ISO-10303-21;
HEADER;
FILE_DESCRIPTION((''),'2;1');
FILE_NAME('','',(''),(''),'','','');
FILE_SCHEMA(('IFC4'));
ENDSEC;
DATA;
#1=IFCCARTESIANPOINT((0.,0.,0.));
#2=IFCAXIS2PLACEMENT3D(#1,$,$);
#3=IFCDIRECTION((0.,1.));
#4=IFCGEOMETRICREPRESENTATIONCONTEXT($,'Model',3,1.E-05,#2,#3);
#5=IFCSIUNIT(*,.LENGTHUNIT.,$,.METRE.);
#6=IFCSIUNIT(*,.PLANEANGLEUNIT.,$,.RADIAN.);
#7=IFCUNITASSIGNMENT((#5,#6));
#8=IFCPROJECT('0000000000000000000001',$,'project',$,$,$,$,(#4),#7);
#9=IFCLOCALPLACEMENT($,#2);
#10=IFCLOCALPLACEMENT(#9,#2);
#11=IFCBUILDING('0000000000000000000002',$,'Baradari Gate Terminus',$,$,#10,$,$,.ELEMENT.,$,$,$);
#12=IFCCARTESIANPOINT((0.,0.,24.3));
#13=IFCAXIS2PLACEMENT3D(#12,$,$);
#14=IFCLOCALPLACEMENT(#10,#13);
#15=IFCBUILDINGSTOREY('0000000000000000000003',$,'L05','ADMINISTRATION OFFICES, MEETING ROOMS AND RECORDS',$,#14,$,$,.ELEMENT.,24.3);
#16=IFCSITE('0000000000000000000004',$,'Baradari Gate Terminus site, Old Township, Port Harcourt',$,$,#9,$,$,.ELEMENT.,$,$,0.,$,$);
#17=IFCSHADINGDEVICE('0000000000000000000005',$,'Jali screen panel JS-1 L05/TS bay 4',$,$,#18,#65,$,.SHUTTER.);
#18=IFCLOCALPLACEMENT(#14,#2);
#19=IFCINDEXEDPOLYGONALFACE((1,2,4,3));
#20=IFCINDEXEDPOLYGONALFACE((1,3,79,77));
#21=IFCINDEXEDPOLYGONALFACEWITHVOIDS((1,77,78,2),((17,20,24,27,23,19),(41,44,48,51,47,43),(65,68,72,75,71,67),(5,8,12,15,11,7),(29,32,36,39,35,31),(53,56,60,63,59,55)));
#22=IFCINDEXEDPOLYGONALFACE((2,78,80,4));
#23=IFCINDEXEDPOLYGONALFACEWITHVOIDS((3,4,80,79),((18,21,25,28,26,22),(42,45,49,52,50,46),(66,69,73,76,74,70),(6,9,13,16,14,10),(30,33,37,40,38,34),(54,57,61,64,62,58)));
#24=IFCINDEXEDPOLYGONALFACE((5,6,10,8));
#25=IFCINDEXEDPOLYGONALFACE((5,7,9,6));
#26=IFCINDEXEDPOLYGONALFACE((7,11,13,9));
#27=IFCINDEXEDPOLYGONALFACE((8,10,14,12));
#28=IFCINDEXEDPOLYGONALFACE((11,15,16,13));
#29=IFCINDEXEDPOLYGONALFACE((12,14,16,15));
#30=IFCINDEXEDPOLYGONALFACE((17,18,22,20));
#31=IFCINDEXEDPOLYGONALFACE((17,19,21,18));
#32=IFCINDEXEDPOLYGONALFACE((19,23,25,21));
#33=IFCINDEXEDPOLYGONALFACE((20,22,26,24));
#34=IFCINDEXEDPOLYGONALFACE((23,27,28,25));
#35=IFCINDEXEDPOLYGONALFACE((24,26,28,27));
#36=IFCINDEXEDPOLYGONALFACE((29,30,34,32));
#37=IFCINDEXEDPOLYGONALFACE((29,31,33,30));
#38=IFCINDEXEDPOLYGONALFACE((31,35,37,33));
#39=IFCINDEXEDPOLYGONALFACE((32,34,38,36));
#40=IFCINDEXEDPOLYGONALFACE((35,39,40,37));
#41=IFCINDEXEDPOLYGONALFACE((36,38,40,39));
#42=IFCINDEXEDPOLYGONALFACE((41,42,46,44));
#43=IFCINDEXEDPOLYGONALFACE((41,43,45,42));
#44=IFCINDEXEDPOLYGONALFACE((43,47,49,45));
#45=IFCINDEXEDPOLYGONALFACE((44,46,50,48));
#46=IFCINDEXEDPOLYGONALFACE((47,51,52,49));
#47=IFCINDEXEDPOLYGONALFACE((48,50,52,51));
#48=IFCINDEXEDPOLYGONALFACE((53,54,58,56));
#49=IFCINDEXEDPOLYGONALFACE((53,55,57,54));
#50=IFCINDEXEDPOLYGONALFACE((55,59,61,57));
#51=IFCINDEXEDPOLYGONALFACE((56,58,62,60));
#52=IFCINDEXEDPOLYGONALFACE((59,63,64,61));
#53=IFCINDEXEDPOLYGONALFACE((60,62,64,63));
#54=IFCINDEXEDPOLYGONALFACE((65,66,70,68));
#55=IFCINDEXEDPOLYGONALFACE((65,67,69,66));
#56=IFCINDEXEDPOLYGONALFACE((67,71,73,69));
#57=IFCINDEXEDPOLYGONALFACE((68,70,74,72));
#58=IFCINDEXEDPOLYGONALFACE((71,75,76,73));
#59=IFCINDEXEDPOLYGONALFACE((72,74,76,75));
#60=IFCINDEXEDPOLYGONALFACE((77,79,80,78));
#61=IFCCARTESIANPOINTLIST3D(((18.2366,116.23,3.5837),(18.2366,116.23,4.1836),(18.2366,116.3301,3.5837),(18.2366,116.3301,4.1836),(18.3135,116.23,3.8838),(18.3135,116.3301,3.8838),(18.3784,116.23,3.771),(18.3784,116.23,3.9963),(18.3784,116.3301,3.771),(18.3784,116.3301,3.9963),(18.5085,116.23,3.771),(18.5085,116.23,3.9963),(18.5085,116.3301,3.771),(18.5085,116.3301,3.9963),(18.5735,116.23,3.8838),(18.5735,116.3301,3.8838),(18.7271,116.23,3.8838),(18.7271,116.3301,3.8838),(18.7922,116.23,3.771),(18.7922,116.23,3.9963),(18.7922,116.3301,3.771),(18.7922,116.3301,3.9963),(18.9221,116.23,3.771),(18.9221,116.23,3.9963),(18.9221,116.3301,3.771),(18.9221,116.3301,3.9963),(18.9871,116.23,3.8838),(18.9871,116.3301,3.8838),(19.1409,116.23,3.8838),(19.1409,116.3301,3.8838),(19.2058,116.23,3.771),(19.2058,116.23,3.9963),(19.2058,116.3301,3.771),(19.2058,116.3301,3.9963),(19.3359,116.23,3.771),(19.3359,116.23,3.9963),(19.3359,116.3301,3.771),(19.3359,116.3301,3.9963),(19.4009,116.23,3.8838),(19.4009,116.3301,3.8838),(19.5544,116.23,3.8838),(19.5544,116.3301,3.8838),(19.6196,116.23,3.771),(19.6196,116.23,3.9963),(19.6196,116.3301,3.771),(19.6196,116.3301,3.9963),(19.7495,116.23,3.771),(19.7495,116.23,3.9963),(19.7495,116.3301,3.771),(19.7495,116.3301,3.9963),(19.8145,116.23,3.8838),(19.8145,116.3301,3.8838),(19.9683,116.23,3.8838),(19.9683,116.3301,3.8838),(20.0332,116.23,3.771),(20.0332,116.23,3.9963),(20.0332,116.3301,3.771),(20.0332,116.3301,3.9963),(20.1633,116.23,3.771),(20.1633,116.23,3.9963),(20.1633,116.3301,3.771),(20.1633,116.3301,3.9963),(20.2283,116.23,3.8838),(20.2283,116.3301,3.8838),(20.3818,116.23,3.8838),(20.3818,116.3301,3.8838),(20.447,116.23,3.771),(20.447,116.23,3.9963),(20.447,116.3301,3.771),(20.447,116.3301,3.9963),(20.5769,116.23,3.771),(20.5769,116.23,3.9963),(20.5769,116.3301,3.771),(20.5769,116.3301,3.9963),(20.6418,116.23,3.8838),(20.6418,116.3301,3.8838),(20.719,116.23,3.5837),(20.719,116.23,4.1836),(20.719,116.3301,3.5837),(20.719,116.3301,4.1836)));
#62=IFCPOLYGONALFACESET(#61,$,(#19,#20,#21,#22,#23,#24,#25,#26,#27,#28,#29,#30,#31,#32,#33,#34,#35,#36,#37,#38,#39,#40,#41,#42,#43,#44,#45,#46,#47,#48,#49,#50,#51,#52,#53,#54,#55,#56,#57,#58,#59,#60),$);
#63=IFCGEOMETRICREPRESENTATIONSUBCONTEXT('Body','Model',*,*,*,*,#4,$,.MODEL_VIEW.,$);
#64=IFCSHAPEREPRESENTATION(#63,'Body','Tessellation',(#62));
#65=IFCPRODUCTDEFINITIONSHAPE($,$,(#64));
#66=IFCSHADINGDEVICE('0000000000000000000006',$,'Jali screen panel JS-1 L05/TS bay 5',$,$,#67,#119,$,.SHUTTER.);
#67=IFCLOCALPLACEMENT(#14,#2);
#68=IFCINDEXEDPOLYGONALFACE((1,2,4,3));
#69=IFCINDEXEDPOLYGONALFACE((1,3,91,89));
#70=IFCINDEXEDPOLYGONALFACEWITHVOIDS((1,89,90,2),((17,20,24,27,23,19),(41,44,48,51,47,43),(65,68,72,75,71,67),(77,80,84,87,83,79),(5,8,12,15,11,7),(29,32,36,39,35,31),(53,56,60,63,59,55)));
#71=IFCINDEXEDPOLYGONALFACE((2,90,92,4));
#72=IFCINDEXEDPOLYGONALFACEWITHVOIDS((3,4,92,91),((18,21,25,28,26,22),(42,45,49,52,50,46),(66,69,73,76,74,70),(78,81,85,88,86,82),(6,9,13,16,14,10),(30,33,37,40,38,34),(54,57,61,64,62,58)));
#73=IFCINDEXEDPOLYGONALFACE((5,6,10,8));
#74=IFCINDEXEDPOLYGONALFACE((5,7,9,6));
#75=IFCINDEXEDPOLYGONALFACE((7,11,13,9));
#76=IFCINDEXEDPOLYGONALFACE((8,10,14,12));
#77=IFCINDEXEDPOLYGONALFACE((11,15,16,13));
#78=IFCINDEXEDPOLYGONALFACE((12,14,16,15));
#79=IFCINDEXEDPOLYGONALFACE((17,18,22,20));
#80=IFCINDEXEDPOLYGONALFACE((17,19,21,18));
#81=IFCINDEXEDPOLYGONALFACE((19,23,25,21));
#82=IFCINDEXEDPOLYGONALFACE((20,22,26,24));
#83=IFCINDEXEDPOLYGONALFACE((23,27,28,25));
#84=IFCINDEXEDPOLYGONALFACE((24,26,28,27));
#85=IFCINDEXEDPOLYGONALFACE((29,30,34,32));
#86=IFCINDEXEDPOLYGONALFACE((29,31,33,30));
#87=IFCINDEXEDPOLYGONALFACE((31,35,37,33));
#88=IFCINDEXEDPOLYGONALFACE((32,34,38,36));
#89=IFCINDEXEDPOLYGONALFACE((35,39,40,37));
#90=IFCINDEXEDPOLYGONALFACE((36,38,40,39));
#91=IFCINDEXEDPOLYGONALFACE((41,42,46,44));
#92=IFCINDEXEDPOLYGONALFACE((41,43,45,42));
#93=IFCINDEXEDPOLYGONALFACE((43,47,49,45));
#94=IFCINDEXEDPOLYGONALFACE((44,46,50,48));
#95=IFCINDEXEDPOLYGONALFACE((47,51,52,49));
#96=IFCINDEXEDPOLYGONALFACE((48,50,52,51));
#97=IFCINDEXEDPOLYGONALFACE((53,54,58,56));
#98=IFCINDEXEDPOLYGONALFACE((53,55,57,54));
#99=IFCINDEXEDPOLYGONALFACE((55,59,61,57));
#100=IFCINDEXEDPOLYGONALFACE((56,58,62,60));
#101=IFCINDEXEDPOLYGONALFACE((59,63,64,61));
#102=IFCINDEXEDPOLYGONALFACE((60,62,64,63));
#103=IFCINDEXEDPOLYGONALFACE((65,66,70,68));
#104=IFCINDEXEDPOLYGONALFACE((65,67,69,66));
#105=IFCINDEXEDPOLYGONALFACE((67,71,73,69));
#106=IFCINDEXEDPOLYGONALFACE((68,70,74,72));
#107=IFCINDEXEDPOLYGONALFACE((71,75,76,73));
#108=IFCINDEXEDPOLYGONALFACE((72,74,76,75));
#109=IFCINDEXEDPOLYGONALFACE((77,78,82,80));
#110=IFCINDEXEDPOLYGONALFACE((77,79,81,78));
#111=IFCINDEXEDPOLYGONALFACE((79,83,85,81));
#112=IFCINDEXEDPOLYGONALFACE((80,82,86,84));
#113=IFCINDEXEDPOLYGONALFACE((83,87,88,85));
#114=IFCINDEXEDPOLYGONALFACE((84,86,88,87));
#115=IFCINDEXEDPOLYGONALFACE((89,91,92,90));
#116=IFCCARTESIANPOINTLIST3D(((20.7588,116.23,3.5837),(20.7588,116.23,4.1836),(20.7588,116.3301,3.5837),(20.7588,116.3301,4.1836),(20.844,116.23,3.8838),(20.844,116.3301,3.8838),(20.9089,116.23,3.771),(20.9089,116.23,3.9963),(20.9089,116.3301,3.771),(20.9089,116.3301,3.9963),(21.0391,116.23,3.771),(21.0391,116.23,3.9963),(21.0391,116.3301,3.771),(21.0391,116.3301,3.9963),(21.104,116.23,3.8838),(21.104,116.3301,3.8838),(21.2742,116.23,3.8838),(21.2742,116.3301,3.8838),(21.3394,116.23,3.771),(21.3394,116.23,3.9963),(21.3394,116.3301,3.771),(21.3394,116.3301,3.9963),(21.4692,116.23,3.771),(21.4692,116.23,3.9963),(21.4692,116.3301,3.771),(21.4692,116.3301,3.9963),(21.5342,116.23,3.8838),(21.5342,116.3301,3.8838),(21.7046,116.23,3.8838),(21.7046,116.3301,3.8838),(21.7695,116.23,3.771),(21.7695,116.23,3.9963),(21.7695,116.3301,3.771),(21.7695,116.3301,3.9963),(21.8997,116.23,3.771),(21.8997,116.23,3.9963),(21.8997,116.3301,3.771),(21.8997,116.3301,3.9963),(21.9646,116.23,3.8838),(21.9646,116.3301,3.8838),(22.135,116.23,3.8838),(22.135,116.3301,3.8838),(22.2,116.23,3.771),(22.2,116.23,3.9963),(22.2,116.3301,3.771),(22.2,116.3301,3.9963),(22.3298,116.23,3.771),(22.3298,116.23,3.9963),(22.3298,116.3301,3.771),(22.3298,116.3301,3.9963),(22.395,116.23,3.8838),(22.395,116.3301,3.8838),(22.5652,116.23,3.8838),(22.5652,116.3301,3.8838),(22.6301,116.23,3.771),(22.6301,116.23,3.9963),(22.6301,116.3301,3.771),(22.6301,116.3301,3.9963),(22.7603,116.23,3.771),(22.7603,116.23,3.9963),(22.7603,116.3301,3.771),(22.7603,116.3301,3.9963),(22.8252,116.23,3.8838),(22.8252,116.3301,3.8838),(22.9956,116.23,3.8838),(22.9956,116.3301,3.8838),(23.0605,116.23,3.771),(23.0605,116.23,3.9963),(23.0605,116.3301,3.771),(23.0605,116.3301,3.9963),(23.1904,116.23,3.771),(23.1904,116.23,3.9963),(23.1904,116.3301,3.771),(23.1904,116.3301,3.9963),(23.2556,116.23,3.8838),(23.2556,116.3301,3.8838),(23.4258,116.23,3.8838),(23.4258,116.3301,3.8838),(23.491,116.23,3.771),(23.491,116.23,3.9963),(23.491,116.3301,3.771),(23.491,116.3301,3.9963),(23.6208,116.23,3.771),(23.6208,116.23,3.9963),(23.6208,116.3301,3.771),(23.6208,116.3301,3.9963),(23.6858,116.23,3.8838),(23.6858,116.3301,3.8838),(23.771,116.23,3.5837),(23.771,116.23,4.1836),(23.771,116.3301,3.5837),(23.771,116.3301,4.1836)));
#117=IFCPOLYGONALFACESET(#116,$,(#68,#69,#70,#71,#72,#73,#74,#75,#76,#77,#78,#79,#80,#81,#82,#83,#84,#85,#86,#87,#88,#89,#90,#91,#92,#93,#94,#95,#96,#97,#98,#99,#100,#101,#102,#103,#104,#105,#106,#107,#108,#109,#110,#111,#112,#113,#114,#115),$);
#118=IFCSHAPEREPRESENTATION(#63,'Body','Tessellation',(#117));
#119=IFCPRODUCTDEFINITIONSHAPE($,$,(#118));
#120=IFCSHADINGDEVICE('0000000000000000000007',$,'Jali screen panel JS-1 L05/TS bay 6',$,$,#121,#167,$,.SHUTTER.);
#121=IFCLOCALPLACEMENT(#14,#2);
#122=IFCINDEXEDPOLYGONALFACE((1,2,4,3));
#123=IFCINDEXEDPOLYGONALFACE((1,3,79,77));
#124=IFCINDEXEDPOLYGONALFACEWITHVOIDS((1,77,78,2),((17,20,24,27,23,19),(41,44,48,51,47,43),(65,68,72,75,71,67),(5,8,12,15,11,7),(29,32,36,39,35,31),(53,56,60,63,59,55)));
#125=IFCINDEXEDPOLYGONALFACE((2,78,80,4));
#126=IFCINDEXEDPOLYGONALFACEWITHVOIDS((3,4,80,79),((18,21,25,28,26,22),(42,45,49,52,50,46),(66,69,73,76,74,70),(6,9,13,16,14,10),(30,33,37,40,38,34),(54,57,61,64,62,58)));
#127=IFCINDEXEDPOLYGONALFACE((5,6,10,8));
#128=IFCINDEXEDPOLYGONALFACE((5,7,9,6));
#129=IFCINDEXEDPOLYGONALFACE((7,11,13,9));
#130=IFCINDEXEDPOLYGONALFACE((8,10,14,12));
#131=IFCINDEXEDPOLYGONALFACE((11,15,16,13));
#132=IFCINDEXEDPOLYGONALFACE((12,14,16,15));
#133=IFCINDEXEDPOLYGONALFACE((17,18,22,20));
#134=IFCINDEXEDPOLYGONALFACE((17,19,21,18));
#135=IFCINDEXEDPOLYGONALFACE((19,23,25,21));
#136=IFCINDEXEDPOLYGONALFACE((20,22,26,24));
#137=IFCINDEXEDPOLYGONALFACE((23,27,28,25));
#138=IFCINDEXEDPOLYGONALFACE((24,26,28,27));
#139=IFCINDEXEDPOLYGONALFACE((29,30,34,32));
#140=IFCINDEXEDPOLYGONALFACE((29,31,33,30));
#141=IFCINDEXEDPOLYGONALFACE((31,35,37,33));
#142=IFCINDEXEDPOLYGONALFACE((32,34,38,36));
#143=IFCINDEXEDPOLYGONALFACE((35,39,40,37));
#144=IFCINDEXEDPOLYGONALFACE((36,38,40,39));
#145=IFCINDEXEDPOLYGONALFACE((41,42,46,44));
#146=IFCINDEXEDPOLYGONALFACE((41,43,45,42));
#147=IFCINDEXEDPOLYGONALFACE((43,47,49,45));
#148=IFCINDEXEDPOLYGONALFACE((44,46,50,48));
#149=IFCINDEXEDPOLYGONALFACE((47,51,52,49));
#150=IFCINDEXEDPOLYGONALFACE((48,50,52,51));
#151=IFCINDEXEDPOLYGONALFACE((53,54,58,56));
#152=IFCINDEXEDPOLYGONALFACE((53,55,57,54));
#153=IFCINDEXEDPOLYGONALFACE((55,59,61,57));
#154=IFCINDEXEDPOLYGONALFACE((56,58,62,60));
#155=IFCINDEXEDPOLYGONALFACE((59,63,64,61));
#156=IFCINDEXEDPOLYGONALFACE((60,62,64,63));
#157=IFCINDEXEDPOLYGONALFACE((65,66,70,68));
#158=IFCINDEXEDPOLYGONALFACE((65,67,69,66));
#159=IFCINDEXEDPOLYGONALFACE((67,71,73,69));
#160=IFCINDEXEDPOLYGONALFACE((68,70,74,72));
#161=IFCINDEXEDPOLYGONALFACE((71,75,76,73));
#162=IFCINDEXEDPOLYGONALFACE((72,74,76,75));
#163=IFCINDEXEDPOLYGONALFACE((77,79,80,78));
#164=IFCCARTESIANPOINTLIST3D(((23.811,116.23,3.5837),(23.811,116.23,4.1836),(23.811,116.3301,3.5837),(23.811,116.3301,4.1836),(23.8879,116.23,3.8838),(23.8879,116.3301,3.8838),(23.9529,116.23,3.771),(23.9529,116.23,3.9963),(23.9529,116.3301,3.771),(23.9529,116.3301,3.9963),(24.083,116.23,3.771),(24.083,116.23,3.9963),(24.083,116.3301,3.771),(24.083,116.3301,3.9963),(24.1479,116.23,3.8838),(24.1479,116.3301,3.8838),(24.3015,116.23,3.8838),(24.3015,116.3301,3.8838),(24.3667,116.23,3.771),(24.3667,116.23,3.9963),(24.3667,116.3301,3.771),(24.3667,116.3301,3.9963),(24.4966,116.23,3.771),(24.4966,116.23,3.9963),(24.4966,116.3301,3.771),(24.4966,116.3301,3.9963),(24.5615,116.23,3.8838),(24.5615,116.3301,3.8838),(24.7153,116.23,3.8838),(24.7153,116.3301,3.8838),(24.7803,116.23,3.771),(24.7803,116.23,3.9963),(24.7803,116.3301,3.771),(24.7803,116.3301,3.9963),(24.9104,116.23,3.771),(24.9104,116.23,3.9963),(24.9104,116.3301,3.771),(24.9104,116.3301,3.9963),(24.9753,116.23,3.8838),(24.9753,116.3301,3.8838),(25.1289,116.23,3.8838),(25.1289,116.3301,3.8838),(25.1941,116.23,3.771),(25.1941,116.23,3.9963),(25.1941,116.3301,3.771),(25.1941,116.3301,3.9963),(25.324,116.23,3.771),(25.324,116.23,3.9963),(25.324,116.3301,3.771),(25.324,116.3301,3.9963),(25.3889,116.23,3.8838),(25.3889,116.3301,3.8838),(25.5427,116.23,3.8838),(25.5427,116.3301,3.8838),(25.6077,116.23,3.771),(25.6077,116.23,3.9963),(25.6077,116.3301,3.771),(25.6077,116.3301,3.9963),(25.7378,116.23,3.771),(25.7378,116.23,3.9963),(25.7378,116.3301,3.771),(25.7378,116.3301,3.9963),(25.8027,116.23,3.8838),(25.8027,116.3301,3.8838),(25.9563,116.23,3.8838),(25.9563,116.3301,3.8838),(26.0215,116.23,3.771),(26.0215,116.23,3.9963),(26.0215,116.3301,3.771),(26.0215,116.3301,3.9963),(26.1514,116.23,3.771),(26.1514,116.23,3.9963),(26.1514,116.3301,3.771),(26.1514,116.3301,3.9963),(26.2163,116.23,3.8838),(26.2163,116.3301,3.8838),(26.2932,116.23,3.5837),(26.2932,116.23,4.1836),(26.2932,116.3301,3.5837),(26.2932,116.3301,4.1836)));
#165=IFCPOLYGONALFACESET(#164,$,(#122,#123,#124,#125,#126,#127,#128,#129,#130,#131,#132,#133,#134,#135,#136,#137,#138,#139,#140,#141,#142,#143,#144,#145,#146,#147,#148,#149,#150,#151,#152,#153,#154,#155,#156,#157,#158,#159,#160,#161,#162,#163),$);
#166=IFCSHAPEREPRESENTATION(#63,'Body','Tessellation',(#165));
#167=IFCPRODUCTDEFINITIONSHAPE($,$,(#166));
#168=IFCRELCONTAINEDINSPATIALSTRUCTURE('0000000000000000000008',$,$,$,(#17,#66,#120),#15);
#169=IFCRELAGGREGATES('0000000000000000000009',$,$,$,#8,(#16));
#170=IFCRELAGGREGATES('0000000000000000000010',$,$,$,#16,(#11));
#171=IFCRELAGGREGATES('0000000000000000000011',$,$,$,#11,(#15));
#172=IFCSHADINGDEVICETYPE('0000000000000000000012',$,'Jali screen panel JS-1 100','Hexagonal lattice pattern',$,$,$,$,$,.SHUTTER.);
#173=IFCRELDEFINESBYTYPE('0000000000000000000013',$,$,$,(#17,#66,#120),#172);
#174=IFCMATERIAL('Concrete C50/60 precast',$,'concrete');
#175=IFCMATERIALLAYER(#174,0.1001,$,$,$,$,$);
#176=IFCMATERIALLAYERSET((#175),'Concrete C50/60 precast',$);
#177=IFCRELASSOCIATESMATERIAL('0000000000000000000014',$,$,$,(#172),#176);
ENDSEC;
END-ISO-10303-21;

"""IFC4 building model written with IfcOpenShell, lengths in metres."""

from ifc_helpers import new_model, si_unit, direction, frame, origin, place, context, subcontext, project, spatial, polyline, outline, extrude, material, layer, layer_set, type_object, element, save


model = new_model("IFC4")

# Units and contexts
model_context = context("Model", 3, precision=1e-05, world=origin(), true_north=direction((0.0, 1.0)))
body_context = subcontext(model_context, "Body", "Model", "MODEL_VIEW")
ifc_project = project(units=[si_unit("LENGTHUNIT", "METRE"), si_unit("PLANEANGLEUNIT", "RADIAN")], contexts=[model_context])

# Site, building, storey
site_placement = place(None, origin())
site = spatial("IfcSite", under=ifc_project, at=site_placement, Name="Baradari Gate Terminus site, Old Township, Port Harcourt", CompositionType="ELEMENT", RefElevation=0.0)
building_placement = place(site_placement, origin())
building = spatial("IfcBuilding", under=site, at=building_placement, Name="Baradari Gate Terminus", CompositionType="ELEMENT")
storey_placement = place(building_placement, frame((0.0, 0.0, 24.3)))
storey = spatial("IfcBuildingStorey", under=building, at=storey_placement, Name="L05", Description="ADMINISTRATION OFFICES, MEETING ROOMS AND RECORDS", CompositionType="ELEMENT", Elevation=24.3)

# Shading devices
ifc_material_1 = material(Name="Concrete C50/60 precast", Category="concrete")
ifc_layer_1 = layer(ifc_material_1, 0.1001)
ifc_layer_set_1 = layer_set([ifc_layer_1], Name="Concrete C50/60 precast")
shading_device_type_1 = type_object("IfcShadingDeviceType", Name="Jali screen panel JS-1 100", Description="Hexagonal lattice pattern", PredefinedType="SHUTTER", material=ifc_layer_set_1)
shading_device_1_placement = place(storey_placement, frame((18.2366, 116.28, 3.5837), z_axis=(0.0, 0.0, 1.0), x_axis=(1.0, 0.0, 0.0)))
element("IfcShadingDevice", 1, at=shading_device_1_placement, inside=storey, type_object=shading_device_type_1, Name="Jali screen panel JS-1 L05/TS bay 4", PredefinedType="SHUTTER", context=body_context, shape_type="SweptSolid", body=[
    extrude(outline(polyline([(0.0, 0.0), (2.4824, 0.0), (2.4824, 0.5999), (0.0, 0.5999), (0.0, 0.0)]), holes=[polyline([(0.3369, 0.3), (0.272, 0.1873), (0.1418, 0.1873), (0.0769, 0.3), (0.1418, 0.4126), (0.272, 0.4126), (0.3369, 0.3)]), polyline([(0.7505, 0.3), (0.6855, 0.1873), (0.5557, 0.1873), (0.4905, 0.3), (0.5557, 0.4126), (0.6855, 0.4126), (0.7505, 0.3)]), polyline([(1.1643, 0.3), (1.0994, 0.1873), (0.9692, 0.1873), (0.9043, 0.3), (0.9692, 0.4126), (1.0994, 0.4126), (1.1643, 0.3)]), polyline([(1.5779, 0.3), (1.5129, 0.1873), (1.3831, 0.1873), (1.3179, 0.3), (1.3831, 0.4126), (1.5129, 0.4126), (1.5779, 0.3)]), polyline([(1.9917, 0.3), (1.9268, 0.1873), (1.7966, 0.1873), (1.7317, 0.3), (1.7966, 0.4126), (1.9268, 0.4126), (1.9917, 0.3)]), polyline([(2.4053, 0.3), (2.3403, 0.1873), (2.2104, 0.1873), (2.1453, 0.3), (2.2104, 0.4126), (2.3403, 0.4126), (2.4053, 0.3)])]), frame((0.0, 0.05, 0.0), z_axis=(0.0, -1.0, 0.0), x_axis=(1.0, 0.0, 0.0)), (0.0, 0.0, 1.0), 0.1001),
])
shading_device_2_placement = place(storey_placement, frame((20.7588, 116.28, 3.5837), z_axis=(0.0, 0.0, 1.0), x_axis=(1.0, 0.0, 0.0)))
element("IfcShadingDevice", 2, at=shading_device_2_placement, inside=storey, type_object=shading_device_type_1, Name="Jali screen panel JS-1 L05/TS bay 5", PredefinedType="SHUTTER", context=body_context, shape_type="SweptSolid", body=[
    extrude(outline(polyline([(0.0, 0.0), (3.0122, 0.0), (3.0122, 0.5999), (0.0, 0.5999), (0.0, 0.0)]), holes=[polyline([(0.3452, 0.3), (0.2803, 0.1873), (0.1501, 0.1873), (0.0852, 0.3), (0.1501, 0.4126), (0.2803, 0.4126), (0.3452, 0.3)]), polyline([(0.7754, 0.3), (0.7104, 0.1873), (0.5806, 0.1873), (0.5154, 0.3), (0.5806, 0.4126), (0.7104, 0.4126), (0.7754, 0.3)]), polyline([(1.2058, 0.3), (1.1409, 0.1873), (1.0107, 0.1873), (0.9458, 0.3), (1.0107, 0.4126), (1.1409, 0.4126), (1.2058, 0.3)]), polyline([(1.6362, 0.3), (1.571, 0.1873), (1.4412, 0.1873), (1.3762, 0.3), (1.4412, 0.4126), (1.571, 0.4126), (1.6362, 0.3)]), polyline([(2.0664, 0.3), (2.0015, 0.1873), (1.8713, 0.1873), (1.8064, 0.3), (1.8713, 0.4126), (2.0015, 0.4126), (2.0664, 0.3)]), polyline([(2.4968, 0.3), (2.4316, 0.1873), (2.3018, 0.1873), (2.2368, 0.3), (2.3018, 0.4126), (2.4316, 0.4126), (2.4968, 0.3)]), polyline([(2.927, 0.3), (2.8621, 0.1873), (2.7322, 0.1873), (2.667, 0.3), (2.7322, 0.4126), (2.8621, 0.4126), (2.927, 0.3)])]), frame((0.0, 0.05, 0.0), z_axis=(0.0, -1.0, 0.0), x_axis=(1.0, 0.0, 0.0)), (0.0, 0.0, 1.0), 0.1001),
])
for number, where, z_axis, x_axis, name in (
    (3, (23.811, 116.28, 3.5837), (0.0, 0.0, 1.0), (1.0, 0.0, 0.0), "Jali screen panel JS-1 L05/TS bay 6"),
):
    element("IfcShadingDevice", number, at=place(storey_placement, frame(where, z_axis=z_axis, x_axis=x_axis)), inside=storey, type_object=shading_device_type_1, Name=name, PredefinedType="SHUTTER", context=body_context, shape_type="SweptSolid", body=[
        extrude(outline(polyline([(0.0, 0.0), (2.4822, 0.0), (2.4822, 0.5999), (0.0, 0.5999), (0.0, 0.0)]), holes=[polyline([(0.3369, 0.3), (0.272, 0.1873), (0.1418, 0.1873), (0.0769, 0.3), (0.1418, 0.4126), (0.272, 0.4126), (0.3369, 0.3)]), polyline([(0.7505, 0.3), (0.6855, 0.1873), (0.5557, 0.1873), (0.4905, 0.3), (0.5557, 0.4126), (0.6855, 0.4126), (0.7505, 0.3)]), polyline([(1.1643, 0.3), (1.0994, 0.1873), (0.9692, 0.1873), (0.9043, 0.3), (0.9692, 0.4126), (1.0994, 0.4126), (1.1643, 0.3)]), polyline([(1.5779, 0.3), (1.5129, 0.1873), (1.3831, 0.1873), (1.3179, 0.3), (1.3831, 0.4126), (1.5129, 0.4126), (1.5779, 0.3)]), polyline([(1.9917, 0.3), (1.9268, 0.1873), (1.7966, 0.1873), (1.7317, 0.3), (1.7966, 0.4126), (1.9268, 0.4126), (1.9917, 0.3)]), polyline([(2.4053, 0.3), (2.3403, 0.1873), (2.2104, 0.1873), (2.1453, 0.3), (2.2104, 0.4126), (2.3403, 0.4126), (2.4053, 0.3)])]), frame((0.0, 0.05, 0.0), z_axis=(0.0, -1.0, 0.0), x_axis=(1.0, 0.0, 0.0)), (0.0, 0.0, 1.0), 0.1001),
    ])

save(model, "model.ifc")
